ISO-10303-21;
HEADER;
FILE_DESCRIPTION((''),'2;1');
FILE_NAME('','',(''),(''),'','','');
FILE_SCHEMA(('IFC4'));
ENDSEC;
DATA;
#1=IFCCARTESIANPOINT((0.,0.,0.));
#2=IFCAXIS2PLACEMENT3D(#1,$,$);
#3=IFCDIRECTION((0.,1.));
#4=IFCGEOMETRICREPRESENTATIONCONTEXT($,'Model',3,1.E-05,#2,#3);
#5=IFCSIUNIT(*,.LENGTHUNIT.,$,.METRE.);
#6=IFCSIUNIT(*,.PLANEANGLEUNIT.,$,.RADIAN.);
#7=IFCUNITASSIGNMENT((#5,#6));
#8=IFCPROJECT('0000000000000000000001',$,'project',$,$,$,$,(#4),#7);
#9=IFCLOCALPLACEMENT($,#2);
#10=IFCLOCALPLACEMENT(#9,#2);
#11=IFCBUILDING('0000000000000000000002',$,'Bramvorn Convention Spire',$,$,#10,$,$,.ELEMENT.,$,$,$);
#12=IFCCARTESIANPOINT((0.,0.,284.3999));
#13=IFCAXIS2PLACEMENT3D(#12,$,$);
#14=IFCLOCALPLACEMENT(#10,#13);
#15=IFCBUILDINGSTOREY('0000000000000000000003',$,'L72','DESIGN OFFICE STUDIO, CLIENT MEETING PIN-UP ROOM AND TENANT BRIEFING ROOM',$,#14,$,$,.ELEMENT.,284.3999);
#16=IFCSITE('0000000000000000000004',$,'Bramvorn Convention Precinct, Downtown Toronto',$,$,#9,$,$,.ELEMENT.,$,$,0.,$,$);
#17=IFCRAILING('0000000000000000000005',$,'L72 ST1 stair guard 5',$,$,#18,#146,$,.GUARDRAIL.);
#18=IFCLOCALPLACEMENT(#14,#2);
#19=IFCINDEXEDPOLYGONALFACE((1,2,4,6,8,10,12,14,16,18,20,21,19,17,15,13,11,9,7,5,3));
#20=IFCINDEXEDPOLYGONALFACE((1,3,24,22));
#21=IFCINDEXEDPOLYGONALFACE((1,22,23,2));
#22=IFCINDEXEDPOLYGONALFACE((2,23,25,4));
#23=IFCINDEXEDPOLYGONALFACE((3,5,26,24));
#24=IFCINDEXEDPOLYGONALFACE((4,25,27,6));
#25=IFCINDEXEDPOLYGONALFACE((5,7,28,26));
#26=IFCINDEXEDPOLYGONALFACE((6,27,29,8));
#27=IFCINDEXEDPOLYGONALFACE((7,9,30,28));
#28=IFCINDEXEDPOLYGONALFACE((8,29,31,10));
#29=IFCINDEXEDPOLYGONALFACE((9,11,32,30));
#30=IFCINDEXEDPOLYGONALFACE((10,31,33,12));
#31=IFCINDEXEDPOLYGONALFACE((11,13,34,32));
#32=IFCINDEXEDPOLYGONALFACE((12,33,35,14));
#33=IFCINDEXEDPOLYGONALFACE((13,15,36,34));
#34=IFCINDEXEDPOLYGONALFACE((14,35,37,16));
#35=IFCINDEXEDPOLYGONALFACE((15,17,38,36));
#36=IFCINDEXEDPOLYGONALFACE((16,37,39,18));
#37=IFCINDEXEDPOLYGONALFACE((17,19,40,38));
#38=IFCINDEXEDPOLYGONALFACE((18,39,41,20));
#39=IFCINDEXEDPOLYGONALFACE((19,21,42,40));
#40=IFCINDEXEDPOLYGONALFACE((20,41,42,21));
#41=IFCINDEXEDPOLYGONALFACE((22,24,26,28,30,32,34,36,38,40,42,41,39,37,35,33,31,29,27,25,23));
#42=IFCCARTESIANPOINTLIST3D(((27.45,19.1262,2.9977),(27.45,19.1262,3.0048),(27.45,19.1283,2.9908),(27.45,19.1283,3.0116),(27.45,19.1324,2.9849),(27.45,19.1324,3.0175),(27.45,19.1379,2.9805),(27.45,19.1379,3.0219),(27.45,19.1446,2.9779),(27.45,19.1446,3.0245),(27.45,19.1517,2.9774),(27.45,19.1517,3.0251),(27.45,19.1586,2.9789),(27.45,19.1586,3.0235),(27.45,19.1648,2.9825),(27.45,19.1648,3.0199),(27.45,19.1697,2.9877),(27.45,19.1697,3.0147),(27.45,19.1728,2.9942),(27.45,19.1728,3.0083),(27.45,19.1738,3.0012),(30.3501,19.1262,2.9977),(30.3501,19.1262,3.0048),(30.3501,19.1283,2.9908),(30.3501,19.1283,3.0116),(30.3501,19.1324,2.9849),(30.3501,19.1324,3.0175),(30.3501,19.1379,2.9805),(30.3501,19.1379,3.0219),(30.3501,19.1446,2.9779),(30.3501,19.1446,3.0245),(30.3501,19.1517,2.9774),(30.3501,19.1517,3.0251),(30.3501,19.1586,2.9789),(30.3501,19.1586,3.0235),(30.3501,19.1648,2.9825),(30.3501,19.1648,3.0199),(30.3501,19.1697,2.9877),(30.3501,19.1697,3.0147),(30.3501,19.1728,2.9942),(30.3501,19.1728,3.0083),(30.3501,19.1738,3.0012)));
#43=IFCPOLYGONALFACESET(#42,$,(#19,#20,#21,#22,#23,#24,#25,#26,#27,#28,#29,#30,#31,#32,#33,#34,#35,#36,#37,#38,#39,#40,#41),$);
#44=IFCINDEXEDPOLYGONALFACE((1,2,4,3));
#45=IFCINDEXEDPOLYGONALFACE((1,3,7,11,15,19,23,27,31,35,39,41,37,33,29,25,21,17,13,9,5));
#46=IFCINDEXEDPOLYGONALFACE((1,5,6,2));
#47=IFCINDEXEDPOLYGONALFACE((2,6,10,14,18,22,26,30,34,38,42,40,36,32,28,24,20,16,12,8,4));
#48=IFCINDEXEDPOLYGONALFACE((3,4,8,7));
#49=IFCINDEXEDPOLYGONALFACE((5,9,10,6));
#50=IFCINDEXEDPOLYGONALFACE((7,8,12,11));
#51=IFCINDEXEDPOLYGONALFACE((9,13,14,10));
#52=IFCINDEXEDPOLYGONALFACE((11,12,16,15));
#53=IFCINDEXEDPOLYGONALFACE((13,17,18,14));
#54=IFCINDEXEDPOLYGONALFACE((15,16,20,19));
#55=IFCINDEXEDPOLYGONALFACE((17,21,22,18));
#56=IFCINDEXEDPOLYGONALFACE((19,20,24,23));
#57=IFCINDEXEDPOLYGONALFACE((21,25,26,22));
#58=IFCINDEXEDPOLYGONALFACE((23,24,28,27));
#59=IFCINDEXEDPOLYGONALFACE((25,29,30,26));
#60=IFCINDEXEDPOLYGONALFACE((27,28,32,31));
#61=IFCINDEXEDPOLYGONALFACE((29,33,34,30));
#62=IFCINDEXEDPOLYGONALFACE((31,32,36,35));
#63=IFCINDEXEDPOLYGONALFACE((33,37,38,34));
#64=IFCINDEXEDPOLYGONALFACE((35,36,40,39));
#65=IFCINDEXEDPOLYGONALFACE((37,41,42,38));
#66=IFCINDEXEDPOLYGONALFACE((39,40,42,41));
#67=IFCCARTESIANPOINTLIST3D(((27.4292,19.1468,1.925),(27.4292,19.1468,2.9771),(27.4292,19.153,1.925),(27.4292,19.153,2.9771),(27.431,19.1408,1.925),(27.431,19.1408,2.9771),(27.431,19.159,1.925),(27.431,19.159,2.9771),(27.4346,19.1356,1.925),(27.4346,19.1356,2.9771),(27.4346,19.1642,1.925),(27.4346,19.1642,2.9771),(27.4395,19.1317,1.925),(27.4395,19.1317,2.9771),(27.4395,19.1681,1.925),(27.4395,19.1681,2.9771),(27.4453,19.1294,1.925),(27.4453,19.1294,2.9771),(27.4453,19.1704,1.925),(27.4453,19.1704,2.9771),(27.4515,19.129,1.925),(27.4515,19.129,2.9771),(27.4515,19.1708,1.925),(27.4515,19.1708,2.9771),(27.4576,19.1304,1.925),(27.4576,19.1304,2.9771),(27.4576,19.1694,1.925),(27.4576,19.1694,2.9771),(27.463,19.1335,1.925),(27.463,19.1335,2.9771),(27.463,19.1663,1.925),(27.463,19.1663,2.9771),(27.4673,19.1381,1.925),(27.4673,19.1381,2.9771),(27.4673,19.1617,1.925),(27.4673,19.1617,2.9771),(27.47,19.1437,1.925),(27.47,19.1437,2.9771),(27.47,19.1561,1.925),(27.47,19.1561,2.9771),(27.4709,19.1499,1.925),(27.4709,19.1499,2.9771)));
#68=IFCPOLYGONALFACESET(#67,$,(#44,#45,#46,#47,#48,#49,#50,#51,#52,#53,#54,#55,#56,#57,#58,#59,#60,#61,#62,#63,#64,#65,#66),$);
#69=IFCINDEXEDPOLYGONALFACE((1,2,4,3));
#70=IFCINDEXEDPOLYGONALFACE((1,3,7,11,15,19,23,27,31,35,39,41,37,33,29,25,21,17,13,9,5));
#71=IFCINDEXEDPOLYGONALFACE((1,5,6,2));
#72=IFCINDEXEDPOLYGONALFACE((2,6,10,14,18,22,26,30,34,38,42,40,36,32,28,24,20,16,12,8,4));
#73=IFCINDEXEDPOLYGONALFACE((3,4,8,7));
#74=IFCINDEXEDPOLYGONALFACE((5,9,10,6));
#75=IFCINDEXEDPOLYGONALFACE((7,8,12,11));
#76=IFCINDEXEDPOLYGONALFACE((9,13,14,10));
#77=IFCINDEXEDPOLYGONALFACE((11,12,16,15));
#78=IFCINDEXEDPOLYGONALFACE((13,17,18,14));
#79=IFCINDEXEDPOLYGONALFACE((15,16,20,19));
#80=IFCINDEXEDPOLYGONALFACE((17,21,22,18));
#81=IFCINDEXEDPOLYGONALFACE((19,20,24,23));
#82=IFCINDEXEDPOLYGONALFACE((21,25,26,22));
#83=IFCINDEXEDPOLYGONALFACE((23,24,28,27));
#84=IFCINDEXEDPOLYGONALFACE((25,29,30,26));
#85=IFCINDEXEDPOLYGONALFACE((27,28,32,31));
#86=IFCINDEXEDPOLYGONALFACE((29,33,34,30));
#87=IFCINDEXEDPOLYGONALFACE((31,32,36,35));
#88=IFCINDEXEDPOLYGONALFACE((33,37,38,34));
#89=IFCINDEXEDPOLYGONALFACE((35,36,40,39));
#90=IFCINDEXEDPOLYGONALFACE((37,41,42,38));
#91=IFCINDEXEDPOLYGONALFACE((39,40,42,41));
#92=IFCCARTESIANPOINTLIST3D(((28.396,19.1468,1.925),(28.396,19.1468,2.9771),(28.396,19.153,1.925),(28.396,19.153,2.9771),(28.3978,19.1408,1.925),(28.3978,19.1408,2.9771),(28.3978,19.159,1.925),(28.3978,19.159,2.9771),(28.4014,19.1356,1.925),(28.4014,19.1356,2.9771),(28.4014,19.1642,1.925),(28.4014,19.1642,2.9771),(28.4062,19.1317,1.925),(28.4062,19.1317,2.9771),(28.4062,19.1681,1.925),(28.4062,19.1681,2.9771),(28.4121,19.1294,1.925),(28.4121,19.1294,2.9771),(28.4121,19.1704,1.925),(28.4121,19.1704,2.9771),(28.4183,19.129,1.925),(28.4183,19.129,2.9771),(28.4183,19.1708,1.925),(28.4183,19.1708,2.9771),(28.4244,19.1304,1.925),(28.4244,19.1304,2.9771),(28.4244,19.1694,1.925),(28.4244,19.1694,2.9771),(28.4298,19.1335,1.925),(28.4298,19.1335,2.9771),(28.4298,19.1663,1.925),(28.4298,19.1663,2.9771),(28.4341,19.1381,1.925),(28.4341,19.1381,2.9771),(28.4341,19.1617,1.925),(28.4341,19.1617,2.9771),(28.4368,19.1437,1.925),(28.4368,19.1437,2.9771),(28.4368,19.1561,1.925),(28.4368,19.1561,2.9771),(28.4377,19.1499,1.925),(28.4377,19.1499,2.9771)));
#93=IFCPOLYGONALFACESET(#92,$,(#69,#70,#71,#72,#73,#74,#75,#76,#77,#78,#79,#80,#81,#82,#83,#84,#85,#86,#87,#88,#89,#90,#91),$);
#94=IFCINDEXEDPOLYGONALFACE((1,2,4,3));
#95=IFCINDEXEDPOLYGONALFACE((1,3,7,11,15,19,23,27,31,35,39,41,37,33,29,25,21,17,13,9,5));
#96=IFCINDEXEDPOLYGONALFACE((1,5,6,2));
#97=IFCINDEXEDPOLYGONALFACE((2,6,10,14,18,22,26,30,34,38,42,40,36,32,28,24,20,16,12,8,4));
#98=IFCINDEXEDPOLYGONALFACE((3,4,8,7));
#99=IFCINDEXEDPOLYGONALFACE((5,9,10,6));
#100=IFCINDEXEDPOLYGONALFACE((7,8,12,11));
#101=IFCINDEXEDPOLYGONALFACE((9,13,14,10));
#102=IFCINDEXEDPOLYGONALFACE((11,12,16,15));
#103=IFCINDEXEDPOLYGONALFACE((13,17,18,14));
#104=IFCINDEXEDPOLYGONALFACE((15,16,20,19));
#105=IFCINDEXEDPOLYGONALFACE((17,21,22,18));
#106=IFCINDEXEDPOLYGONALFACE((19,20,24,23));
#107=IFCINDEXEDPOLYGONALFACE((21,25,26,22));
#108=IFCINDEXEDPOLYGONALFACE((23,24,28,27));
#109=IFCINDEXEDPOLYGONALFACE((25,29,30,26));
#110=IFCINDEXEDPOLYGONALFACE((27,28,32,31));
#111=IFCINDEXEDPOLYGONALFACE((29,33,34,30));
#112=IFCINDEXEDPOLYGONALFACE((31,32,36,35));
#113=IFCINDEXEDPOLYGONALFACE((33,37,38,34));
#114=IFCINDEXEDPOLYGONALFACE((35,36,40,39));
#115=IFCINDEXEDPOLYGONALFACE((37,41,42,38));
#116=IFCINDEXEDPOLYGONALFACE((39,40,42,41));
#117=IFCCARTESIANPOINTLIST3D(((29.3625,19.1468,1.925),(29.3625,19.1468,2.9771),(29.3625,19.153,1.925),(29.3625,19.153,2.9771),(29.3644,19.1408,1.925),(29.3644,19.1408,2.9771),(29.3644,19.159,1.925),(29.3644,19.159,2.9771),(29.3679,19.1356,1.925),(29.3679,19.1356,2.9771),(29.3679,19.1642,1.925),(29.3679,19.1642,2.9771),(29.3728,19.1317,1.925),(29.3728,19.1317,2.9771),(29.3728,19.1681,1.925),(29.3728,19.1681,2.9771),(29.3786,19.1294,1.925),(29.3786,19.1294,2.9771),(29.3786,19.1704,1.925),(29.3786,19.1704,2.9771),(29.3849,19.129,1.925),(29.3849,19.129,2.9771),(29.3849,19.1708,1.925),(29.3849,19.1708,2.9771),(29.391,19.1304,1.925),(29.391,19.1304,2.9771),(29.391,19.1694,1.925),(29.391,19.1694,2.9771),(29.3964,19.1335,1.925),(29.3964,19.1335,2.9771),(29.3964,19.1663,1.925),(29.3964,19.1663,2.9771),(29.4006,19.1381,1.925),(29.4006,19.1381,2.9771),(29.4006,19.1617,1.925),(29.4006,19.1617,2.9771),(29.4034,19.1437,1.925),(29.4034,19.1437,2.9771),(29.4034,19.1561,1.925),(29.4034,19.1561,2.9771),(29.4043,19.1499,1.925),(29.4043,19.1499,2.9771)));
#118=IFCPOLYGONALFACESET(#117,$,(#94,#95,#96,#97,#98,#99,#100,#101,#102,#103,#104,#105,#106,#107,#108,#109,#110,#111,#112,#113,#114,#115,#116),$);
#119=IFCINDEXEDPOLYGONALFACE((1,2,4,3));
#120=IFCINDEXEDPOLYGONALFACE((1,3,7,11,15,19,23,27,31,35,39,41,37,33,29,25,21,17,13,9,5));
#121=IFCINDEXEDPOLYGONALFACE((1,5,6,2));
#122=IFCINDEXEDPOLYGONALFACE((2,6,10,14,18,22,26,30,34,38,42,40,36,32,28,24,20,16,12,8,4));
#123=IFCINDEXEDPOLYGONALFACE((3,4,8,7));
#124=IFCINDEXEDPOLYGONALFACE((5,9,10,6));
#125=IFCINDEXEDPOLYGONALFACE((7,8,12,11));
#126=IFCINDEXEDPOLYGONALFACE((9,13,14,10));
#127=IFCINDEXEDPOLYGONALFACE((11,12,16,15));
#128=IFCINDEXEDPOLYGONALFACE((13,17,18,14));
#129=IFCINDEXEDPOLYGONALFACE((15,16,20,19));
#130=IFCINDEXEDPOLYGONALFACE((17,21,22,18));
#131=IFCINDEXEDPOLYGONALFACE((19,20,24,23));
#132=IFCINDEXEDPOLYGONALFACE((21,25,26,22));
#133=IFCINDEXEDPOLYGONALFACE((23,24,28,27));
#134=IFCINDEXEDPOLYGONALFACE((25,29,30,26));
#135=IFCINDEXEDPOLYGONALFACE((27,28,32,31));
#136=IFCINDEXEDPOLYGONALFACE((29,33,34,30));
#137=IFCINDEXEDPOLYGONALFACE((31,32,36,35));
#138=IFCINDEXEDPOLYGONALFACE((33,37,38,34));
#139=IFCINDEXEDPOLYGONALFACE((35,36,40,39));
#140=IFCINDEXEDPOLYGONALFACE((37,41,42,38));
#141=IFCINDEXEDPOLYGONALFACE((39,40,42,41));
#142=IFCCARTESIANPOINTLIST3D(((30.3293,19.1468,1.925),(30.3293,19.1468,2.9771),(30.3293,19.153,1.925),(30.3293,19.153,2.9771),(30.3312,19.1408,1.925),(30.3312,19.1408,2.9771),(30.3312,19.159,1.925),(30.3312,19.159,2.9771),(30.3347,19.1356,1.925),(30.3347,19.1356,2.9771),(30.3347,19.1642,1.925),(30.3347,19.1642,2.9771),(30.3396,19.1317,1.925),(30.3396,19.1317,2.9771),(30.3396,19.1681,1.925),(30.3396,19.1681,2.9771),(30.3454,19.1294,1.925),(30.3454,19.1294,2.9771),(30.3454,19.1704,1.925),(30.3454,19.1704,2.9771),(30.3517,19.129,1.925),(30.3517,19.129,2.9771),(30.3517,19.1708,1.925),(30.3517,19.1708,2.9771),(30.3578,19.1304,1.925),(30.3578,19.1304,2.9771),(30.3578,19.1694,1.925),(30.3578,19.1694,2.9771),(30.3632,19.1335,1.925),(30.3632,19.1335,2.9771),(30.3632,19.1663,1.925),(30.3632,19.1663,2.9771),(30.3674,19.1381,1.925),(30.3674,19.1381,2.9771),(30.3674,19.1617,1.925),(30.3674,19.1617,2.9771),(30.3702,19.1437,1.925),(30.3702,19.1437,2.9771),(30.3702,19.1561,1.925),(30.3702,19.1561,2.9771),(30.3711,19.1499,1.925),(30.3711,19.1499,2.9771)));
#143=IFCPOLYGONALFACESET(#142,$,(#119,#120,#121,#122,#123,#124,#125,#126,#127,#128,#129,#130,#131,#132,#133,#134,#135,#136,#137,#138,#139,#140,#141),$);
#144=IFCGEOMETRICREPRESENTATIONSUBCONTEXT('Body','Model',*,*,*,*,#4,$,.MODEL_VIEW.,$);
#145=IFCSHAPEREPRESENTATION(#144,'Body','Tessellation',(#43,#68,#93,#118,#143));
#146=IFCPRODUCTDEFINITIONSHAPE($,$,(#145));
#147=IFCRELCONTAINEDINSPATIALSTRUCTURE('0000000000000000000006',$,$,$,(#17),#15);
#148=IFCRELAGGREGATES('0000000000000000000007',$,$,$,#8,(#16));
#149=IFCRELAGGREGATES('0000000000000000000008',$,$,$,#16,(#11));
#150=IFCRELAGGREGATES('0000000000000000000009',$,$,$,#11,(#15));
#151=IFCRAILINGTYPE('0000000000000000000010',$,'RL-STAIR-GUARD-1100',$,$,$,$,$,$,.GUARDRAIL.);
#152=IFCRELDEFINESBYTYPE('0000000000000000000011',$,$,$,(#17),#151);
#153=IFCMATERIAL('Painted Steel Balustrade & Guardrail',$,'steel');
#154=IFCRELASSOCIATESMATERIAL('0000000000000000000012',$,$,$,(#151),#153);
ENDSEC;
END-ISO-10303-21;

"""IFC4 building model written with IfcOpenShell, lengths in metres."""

from ifc_helpers import new_model, si_unit, direction, frame, origin, origin_2d, place, context, subcontext, project, spatial, circle, extrude, material, type_object, element, save


model = new_model("IFC4")

# Units and contexts
model_context = context("Model", 3, precision=1e-05, world=origin(), true_north=direction((0.0, 1.0)))
body_context = subcontext(model_context, "Body", "Model", "MODEL_VIEW")
ifc_project = project(units=[si_unit("LENGTHUNIT", "METRE"), si_unit("PLANEANGLEUNIT", "RADIAN")], contexts=[model_context])

# Site, building, storey
site_placement = place(None, origin())
site = spatial("IfcSite", under=ifc_project, at=site_placement, Name="Bramvorn Convention Precinct, Downtown Toronto", CompositionType="ELEMENT", RefElevation=0.0)
building_placement = place(site_placement, origin())
building = spatial("IfcBuilding", under=site, at=building_placement, Name="Bramvorn Convention Spire", CompositionType="ELEMENT")
storey_placement = place(building_placement, frame((0.0, 0.0, 284.3999)))
storey = spatial("IfcBuildingStorey", under=building, at=storey_placement, Name="L72", Description="DESIGN OFFICE STUDIO, CLIENT MEETING PIN-UP ROOM AND TENANT BRIEFING ROOM", CompositionType="ELEMENT", Elevation=284.3999)

# Railing
ifc_material_1 = material(Name="Painted Steel Balustrade & Guardrail", Category="steel")
railing_type_1 = type_object("IfcRailingType", Name="RL-STAIR-GUARD-1100", PredefinedType="GUARDRAIL", material=ifc_material_1)
railing_1_placement = place(storey_placement, frame((27.45, 19.1499, 1.925)))
element("IfcRailing", 1, at=railing_1_placement, inside=storey, type_object=railing_type_1, Name="L72 ST1 stair guard 5", PredefinedType="GUARDRAIL", context=body_context, shape_type="SweptSolid", body=[
    extrude(circle(Radius=0.0239, at=origin_2d()), frame((0.0, 0.0, 1.0762), z_axis=(1.0, 0.0, 0.0), x_axis=(0.0, 1.0, 0.0)), (0.0, 0.0, 1.0), 2.9001),
    extrude(circle(Radius=0.021, at=origin_2d()), origin(), (0.0, 0.0, 1.0), 1.052),
    extrude(circle(Radius=0.021, at=origin_2d()), frame((0.9668, 0.0, 0.0)), (0.0, 0.0, 1.0), 1.052),
    extrude(circle(Radius=0.021, at=origin_2d()), frame((1.9333, 0.0, 0.0)), (0.0, 0.0, 1.0), 1.052),
    extrude(circle(Radius=0.021, at=origin_2d()), frame((2.9001, 0.0, 0.0)), (0.0, 0.0, 1.0), 1.052),
])

save(model, "model.ifc")
